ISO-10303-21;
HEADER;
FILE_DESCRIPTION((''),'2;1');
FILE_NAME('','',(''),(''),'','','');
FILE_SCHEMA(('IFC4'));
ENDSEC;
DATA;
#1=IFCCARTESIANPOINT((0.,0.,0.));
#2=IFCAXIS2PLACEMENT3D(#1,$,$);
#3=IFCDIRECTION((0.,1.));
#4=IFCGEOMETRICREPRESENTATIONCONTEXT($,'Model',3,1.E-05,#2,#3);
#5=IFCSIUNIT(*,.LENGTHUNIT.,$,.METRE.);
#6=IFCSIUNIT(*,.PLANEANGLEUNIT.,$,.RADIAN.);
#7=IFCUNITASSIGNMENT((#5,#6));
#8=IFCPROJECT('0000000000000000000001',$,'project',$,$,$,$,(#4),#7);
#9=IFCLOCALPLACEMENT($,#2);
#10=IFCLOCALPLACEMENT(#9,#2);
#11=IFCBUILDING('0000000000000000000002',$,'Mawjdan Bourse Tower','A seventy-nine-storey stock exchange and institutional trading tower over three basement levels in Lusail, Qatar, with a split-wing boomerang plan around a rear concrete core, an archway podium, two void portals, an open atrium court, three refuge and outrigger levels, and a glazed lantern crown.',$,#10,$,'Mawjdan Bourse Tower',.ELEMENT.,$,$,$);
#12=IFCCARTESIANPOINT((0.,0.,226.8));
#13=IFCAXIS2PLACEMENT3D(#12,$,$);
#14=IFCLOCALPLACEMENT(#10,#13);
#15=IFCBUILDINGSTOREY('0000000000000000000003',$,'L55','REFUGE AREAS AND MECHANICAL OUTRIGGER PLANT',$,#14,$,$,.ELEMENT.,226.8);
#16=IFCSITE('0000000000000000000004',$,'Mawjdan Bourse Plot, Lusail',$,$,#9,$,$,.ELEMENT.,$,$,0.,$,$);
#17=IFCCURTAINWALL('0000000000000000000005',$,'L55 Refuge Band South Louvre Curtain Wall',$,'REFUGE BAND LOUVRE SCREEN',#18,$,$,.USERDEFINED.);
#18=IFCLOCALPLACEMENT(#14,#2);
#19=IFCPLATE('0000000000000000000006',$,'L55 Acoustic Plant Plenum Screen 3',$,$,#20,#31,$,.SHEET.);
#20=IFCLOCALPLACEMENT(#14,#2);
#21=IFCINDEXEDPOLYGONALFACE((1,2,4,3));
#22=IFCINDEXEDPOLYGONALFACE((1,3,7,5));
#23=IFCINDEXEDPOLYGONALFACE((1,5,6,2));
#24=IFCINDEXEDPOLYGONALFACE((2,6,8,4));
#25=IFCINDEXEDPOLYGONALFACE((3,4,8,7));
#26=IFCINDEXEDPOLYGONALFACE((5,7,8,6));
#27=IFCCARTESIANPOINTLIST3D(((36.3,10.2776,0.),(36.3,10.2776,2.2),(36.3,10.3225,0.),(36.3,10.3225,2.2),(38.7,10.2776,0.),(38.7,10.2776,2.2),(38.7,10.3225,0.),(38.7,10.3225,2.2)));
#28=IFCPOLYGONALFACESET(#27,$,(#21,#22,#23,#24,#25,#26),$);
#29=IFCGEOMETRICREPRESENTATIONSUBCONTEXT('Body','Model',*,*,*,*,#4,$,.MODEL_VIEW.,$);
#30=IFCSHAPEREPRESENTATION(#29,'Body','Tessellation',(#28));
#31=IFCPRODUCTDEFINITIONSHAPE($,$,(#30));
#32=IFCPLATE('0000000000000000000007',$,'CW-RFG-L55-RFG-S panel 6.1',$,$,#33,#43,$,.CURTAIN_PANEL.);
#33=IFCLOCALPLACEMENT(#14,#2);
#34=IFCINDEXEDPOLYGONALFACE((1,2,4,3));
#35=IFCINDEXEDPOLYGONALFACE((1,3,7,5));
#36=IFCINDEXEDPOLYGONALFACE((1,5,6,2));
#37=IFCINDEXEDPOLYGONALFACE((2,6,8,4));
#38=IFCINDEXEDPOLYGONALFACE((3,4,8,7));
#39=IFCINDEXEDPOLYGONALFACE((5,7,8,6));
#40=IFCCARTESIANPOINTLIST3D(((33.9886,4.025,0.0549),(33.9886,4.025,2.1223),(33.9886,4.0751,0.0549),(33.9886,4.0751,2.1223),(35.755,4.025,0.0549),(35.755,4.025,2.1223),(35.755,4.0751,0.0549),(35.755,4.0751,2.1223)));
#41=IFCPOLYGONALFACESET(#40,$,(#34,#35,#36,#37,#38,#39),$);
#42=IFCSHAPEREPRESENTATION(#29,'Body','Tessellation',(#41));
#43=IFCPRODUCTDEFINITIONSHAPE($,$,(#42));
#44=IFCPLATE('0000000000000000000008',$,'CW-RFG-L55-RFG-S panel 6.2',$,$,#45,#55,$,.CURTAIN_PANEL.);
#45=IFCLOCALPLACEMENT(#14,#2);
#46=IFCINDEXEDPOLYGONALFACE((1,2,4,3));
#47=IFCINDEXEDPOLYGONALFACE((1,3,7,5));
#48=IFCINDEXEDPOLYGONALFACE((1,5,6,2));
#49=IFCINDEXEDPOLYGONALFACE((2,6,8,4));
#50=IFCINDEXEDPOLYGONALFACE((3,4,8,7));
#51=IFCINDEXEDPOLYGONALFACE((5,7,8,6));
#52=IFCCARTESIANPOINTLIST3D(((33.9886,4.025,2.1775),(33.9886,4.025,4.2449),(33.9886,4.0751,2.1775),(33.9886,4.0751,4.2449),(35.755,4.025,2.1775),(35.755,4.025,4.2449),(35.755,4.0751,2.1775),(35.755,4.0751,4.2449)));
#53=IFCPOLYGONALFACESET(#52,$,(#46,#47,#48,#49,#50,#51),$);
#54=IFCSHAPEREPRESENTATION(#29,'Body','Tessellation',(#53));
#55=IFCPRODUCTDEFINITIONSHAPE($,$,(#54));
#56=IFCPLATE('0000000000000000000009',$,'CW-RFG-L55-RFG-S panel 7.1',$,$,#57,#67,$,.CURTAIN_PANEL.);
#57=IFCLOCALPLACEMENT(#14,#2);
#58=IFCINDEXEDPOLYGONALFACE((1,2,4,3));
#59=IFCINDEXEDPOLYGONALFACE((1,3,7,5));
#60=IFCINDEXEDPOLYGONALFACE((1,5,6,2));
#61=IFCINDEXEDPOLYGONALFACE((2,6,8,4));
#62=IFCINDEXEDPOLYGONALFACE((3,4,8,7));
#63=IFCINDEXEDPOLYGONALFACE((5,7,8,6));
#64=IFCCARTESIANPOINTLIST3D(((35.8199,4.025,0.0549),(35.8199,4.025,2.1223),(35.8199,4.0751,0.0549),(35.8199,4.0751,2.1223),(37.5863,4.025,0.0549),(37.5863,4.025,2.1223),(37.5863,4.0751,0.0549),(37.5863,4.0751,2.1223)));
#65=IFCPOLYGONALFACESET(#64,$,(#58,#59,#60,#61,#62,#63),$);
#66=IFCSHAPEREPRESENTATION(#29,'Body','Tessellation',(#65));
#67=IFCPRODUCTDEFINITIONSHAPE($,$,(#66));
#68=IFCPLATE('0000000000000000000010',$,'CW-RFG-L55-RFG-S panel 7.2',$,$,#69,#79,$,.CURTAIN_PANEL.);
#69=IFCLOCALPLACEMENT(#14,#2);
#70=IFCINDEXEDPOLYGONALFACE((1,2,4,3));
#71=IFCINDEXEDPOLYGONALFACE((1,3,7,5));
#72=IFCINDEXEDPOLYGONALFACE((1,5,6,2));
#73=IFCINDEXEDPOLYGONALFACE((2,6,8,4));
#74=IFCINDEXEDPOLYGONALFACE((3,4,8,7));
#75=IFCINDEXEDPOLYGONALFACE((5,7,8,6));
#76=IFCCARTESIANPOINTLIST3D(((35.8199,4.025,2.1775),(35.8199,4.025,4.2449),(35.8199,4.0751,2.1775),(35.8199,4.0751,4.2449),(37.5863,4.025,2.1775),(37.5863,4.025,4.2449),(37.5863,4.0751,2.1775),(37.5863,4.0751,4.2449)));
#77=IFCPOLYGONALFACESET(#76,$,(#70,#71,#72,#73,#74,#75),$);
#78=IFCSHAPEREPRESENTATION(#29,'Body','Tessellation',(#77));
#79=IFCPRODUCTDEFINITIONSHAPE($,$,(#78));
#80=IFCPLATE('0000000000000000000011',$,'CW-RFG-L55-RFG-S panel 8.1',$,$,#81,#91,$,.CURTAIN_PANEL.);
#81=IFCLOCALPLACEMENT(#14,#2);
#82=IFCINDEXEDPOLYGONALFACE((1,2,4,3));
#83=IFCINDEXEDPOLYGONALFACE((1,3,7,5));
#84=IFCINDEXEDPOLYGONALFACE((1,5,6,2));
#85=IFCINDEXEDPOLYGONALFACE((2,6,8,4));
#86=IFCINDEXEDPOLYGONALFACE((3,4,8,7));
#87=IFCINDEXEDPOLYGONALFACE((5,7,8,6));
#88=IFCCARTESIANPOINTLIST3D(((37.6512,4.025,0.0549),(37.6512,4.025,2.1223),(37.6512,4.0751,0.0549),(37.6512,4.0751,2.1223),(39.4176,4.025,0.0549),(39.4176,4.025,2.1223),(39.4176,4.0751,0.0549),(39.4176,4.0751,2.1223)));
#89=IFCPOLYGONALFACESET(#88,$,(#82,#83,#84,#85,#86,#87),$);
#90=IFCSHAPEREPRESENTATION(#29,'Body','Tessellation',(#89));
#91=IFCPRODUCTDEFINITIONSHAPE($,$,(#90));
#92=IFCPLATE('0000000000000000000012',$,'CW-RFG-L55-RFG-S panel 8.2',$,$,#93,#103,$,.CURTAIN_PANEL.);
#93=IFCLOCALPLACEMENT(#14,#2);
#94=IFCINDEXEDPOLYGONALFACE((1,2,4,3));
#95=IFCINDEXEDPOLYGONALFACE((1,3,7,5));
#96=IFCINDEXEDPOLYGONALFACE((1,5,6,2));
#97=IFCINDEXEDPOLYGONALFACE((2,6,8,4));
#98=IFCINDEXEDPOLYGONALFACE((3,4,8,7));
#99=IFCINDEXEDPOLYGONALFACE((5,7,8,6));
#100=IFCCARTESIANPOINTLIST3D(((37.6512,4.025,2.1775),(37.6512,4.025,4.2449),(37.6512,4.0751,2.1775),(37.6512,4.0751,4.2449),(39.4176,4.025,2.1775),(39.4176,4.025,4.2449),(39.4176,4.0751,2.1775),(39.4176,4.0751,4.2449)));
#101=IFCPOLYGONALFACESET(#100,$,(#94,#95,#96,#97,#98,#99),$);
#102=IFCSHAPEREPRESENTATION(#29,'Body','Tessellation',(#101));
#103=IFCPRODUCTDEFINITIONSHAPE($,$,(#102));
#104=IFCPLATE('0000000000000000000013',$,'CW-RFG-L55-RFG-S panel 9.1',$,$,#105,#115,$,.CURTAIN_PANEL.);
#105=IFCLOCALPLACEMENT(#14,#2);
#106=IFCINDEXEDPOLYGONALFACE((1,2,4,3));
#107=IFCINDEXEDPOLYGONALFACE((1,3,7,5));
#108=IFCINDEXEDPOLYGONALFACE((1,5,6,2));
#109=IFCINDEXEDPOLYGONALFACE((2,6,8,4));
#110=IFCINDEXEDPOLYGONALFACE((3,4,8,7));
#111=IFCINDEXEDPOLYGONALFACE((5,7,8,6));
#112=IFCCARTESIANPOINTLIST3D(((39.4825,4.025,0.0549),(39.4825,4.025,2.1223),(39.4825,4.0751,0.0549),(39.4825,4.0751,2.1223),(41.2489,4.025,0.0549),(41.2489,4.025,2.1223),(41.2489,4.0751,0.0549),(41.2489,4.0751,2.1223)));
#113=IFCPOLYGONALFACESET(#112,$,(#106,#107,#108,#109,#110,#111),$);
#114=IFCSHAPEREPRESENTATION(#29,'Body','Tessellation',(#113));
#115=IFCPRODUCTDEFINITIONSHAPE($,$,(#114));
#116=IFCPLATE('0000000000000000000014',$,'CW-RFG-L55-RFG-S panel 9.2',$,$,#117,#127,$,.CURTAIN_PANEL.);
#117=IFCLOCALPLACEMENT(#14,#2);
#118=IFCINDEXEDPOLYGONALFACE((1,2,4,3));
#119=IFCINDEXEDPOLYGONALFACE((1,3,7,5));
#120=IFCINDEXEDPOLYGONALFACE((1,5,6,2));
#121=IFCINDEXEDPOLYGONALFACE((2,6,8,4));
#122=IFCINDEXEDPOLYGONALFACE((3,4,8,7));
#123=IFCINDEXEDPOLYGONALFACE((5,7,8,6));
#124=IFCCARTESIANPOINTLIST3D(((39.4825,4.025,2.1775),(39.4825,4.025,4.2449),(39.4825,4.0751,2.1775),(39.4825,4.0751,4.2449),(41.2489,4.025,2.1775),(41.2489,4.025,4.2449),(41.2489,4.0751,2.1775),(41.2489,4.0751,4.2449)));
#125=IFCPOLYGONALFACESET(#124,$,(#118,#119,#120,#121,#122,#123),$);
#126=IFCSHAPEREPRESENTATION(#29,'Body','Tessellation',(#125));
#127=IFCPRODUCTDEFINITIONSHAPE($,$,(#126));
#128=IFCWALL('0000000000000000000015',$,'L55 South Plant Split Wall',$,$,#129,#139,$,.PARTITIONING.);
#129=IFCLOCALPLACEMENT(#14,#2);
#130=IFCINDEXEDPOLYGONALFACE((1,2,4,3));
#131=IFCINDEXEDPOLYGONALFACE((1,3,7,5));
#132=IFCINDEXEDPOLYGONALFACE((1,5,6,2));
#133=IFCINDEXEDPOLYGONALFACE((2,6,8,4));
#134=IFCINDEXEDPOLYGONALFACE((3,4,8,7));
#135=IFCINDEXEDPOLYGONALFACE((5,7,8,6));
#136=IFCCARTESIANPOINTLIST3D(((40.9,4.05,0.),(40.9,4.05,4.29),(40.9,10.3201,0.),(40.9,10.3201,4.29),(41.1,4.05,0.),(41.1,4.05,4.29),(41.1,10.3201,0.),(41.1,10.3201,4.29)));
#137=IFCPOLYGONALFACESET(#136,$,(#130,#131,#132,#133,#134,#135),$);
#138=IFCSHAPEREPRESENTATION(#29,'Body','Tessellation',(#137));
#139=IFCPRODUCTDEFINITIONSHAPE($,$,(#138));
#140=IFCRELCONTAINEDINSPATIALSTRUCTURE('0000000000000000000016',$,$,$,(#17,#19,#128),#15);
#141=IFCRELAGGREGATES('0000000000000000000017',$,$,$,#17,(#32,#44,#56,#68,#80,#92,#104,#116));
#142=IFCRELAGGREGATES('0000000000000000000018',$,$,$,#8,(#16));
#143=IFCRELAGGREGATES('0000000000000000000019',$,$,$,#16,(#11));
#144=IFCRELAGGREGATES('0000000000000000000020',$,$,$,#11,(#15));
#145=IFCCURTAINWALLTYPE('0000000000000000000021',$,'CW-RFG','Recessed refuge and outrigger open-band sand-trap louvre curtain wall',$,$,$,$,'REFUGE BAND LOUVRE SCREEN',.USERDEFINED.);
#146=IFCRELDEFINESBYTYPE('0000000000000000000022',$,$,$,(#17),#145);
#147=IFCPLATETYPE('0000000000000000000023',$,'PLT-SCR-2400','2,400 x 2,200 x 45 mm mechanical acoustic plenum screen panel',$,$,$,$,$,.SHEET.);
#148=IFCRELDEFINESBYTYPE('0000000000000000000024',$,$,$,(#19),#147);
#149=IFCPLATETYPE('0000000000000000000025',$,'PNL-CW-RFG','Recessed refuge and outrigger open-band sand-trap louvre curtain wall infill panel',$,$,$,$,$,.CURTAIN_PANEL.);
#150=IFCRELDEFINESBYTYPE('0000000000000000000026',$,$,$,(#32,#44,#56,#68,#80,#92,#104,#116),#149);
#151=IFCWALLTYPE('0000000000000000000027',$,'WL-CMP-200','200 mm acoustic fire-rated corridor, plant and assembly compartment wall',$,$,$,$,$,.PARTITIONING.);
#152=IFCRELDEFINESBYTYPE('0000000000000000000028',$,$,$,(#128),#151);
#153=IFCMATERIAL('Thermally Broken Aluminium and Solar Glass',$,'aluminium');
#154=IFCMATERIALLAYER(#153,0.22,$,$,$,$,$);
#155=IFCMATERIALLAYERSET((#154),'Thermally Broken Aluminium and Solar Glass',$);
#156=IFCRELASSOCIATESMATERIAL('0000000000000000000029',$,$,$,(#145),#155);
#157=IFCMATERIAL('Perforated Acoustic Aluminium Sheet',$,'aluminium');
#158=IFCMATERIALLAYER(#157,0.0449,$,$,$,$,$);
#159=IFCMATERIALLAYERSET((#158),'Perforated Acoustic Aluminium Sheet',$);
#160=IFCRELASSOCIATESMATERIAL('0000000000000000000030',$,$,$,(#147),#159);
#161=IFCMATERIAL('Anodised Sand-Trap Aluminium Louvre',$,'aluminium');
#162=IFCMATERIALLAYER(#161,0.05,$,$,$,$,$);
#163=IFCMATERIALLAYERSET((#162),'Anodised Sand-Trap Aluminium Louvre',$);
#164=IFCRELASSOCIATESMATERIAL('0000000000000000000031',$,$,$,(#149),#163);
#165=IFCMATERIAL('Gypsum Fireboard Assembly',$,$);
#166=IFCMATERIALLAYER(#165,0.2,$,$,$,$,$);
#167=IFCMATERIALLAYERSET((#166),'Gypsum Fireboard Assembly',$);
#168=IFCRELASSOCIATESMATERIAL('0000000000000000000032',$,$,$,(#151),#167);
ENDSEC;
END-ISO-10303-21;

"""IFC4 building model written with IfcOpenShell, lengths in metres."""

from ifc_helpers import new_model, si_unit, direction, frame, frame_2d, origin, origin_2d, place, context, subcontext, project, spatial, rectangle, extrude, material, layer, layer_set, type_object, element, aggregate, save


model = new_model("IFC4")

# Units and contexts
model_context = context("Model", 3, precision=1e-05, world=origin(), true_north=direction((0.0, 1.0)))
body_context = subcontext(model_context, "Body", "Model", "MODEL_VIEW")
ifc_project = project(units=[si_unit("LENGTHUNIT", "METRE"), si_unit("PLANEANGLEUNIT", "RADIAN")], contexts=[model_context])

# Site, building, storey
site_placement = place(None, origin())
site = spatial("IfcSite", under=ifc_project, at=site_placement, Name="Mawjdan Bourse Plot, Lusail", CompositionType="ELEMENT", RefElevation=0.0)
building_placement = place(site_placement, origin())
building = spatial("IfcBuilding", under=site, at=building_placement, Name="Mawjdan Bourse Tower", Description="A seventy-nine-storey stock exchange and institutional trading tower over three basement levels in Lusail, Qatar, with a split-wing boomerang plan around a rear concrete core, an archway podium, two void portals, an open atrium court, three refuge and outrigger levels, and a glazed lantern crown.", LongName="Mawjdan Bourse Tower", CompositionType="ELEMENT")
storey_placement = place(building_placement, frame((0.0, 0.0, 226.8)))
storey = spatial("IfcBuildingStorey", under=building, at=storey_placement, Name="L55", Description="REFUGE AREAS AND MECHANICAL OUTRIGGER PLANT", CompositionType="ELEMENT", Elevation=226.8)

# Curtain wall
ifc_material_1 = material(Name="Thermally Broken Aluminium and Solar Glass", Category="aluminium")
ifc_layer_1 = layer(ifc_material_1, 0.22)
ifc_layer_set_1 = layer_set([ifc_layer_1], Name="Thermally Broken Aluminium and Solar Glass")
curtain_wall_type = type_object("IfcCurtainWallType", Name="CW-RFG", Description="Recessed refuge and outrigger open-band sand-trap louvre curtain wall", ElementType="REFUGE BAND LOUVRE SCREEN", PredefinedType="USERDEFINED", material=ifc_layer_set_1)
curtain_wall_placement = place(storey_placement, origin())
curtain_wall = element("IfcCurtainWall", 1, at=curtain_wall_placement, inside=storey, type_object=curtain_wall_type, Name="L55 Refuge Band South Louvre Curtain Wall", ObjectType="REFUGE BAND LOUVRE SCREEN", PredefinedType="USERDEFINED")

# Plates
ifc_material_2 = material(Name="Perforated Acoustic Aluminium Sheet", Category="aluminium")
ifc_layer_2 = layer(ifc_material_2, 0.0449)
ifc_layer_set_2 = layer_set([ifc_layer_2], Name="Perforated Acoustic Aluminium Sheet")
plate_type_1 = type_object("IfcPlateType", Name="PLT-SCR-2400", Description="2,400 x 2,200 x 45 mm mechanical acoustic plenum screen panel", PredefinedType="SHEET", material=ifc_layer_set_2)
plate_1_placement = place(storey_placement, frame((37.5, 10.3, 0.0), z_axis=(0.0, 0.0, 1.0), x_axis=(1.0, 0.0, 0.0)))
element("IfcPlate", 2, at=plate_1_placement, inside=storey, type_object=plate_type_1, Name="L55 Acoustic Plant Plenum Screen 3", PredefinedType="SHEET", context=body_context, shape_type="SweptSolid", body=[
    extrude(rectangle(XDim=2.3999, YDim=0.0449, at=origin_2d()), origin(), (0.0, 0.0, 1.0), 2.2),
])
ifc_material_3 = material(Name="Anodised Sand-Trap Aluminium Louvre", Category="aluminium")
ifc_layer_3 = layer(ifc_material_3, 0.05)
ifc_layer_set_3 = layer_set([ifc_layer_3], Name="Anodised Sand-Trap Aluminium Louvre")
plate_type_2 = type_object("IfcPlateType", Name="PNL-CW-RFG", Description="Recessed refuge and outrigger open-band sand-trap louvre curtain wall infill panel", PredefinedType="CURTAIN_PANEL", material=ifc_layer_set_3)
plate_2_placement = place(storey_placement, frame((34.8718, 4.05, 0.0549), z_axis=(0.0, 0.0, 1.0), x_axis=(1.0, 0.0, 0.0)))
plate_2 = element("IfcPlate", 3, at=plate_2_placement, type_object=plate_type_2, Name="CW-RFG-L55-RFG-S panel 6.1", PredefinedType="CURTAIN_PANEL", context=body_context, shape_type="SweptSolid", body=[
    extrude(rectangle(XDim=1.7664, YDim=0.05, at=origin_2d()), origin(), (0.0, 0.0, 1.0), 2.0674),
])
plate_3_placement = place(storey_placement, frame((34.8718, 4.05, 2.1775), z_axis=(0.0, 0.0, 1.0), x_axis=(1.0, 0.0, 0.0)))
plate_3 = element("IfcPlate", 4, at=plate_3_placement, type_object=plate_type_2, Name="CW-RFG-L55-RFG-S panel 6.2", PredefinedType="CURTAIN_PANEL", context=body_context, shape_type="SweptSolid", body=[
    extrude(rectangle(XDim=1.7664, YDim=0.05, at=origin_2d()), origin(), (0.0, 0.0, 1.0), 2.0674),
])
plate_4_placement = place(storey_placement, frame((36.7031, 4.05, 0.0549), z_axis=(0.0, 0.0, 1.0), x_axis=(1.0, 0.0, 0.0)))
plate_4 = element("IfcPlate", 5, at=plate_4_placement, type_object=plate_type_2, Name="CW-RFG-L55-RFG-S panel 7.1", PredefinedType="CURTAIN_PANEL", context=body_context, shape_type="SweptSolid", body=[
    extrude(rectangle(XDim=1.7664, YDim=0.05, at=origin_2d()), origin(), (0.0, 0.0, 1.0), 2.0674),
])
plate_5_placement = place(storey_placement, frame((36.7031, 4.05, 2.1775), z_axis=(0.0, 0.0, 1.0), x_axis=(1.0, 0.0, 0.0)))
plate_5 = element("IfcPlate", 6, at=plate_5_placement, type_object=plate_type_2, Name="CW-RFG-L55-RFG-S panel 7.2", PredefinedType="CURTAIN_PANEL", context=body_context, shape_type="SweptSolid", body=[
    extrude(rectangle(XDim=1.7664, YDim=0.05, at=origin_2d()), origin(), (0.0, 0.0, 1.0), 2.0674),
])
plate_6_placement = place(storey_placement, frame((38.5344, 4.05, 0.0549), z_axis=(0.0, 0.0, 1.0), x_axis=(1.0, 0.0, 0.0)))
plate_6 = element("IfcPlate", 7, at=plate_6_placement, type_object=plate_type_2, Name="CW-RFG-L55-RFG-S panel 8.1", PredefinedType="CURTAIN_PANEL", context=body_context, shape_type="SweptSolid", body=[
    extrude(rectangle(XDim=1.7664, YDim=0.05, at=origin_2d()), origin(), (0.0, 0.0, 1.0), 2.0674),
])
plate_7_placement = place(storey_placement, frame((38.5344, 4.05, 2.1775), z_axis=(0.0, 0.0, 1.0), x_axis=(1.0, 0.0, 0.0)))
plate_7 = element("IfcPlate", 8, at=plate_7_placement, type_object=plate_type_2, Name="CW-RFG-L55-RFG-S panel 8.2", PredefinedType="CURTAIN_PANEL", context=body_context, shape_type="SweptSolid", body=[
    extrude(rectangle(XDim=1.7664, YDim=0.05, at=origin_2d()), origin(), (0.0, 0.0, 1.0), 2.0674),
])
plate_8_placement = place(storey_placement, frame((40.3657, 4.05, 0.0549), z_axis=(0.0, 0.0, 1.0), x_axis=(1.0, 0.0, 0.0)))
plate_8 = element("IfcPlate", 9, at=plate_8_placement, type_object=plate_type_2, Name="CW-RFG-L55-RFG-S panel 9.1", PredefinedType="CURTAIN_PANEL", context=body_context, shape_type="SweptSolid", body=[
    extrude(rectangle(XDim=1.7664, YDim=0.05, at=origin_2d()), origin(), (0.0, 0.0, 1.0), 2.0674),
])
plate_9_placement = place(storey_placement, frame((40.3657, 4.05, 2.1775), z_axis=(0.0, 0.0, 1.0), x_axis=(1.0, 0.0, 0.0)))
plate_9 = element("IfcPlate", 10, at=plate_9_placement, type_object=plate_type_2, Name="CW-RFG-L55-RFG-S panel 9.2", PredefinedType="CURTAIN_PANEL", context=body_context, shape_type="SweptSolid", body=[
    extrude(rectangle(XDim=1.7664, YDim=0.05, at=origin_2d()), origin(), (0.0, 0.0, 1.0), 2.0674),
])
aggregate(curtain_wall, [plate_2, plate_3, plate_4, plate_5, plate_6, plate_7, plate_8, plate_9])

# Wall
ifc_material_4 = material(Name="Gypsum Fireboard Assembly")
ifc_layer_4 = layer(ifc_material_4, 0.2)
ifc_layer_set_4 = layer_set([ifc_layer_4], Name="Gypsum Fireboard Assembly")
wall_type = type_object("IfcWallType", Name="WL-CMP-200", Description="200 mm acoustic fire-rated corridor, plant and assembly compartment wall", PredefinedType="PARTITIONING", material=ifc_layer_set_4)
wall_placement = place(storey_placement, frame((41.0, 4.05, 0.0), z_axis=(0.0, 0.0, 1.0), x_axis=(0.0, 1.0, 0.0)))
element("IfcWall", 11, at=wall_placement, inside=storey, type_object=wall_type, Name="L55 South Plant Split Wall", PredefinedType="PARTITIONING", context=body_context, shape_type="SweptSolid", body=[
    extrude(rectangle(XDim=6.27, YDim=0.2, at=frame_2d((3.135, 0.0))), origin(), (0.0, 0.0, 1.0), 4.29),
])

save(model, "model.ifc")
